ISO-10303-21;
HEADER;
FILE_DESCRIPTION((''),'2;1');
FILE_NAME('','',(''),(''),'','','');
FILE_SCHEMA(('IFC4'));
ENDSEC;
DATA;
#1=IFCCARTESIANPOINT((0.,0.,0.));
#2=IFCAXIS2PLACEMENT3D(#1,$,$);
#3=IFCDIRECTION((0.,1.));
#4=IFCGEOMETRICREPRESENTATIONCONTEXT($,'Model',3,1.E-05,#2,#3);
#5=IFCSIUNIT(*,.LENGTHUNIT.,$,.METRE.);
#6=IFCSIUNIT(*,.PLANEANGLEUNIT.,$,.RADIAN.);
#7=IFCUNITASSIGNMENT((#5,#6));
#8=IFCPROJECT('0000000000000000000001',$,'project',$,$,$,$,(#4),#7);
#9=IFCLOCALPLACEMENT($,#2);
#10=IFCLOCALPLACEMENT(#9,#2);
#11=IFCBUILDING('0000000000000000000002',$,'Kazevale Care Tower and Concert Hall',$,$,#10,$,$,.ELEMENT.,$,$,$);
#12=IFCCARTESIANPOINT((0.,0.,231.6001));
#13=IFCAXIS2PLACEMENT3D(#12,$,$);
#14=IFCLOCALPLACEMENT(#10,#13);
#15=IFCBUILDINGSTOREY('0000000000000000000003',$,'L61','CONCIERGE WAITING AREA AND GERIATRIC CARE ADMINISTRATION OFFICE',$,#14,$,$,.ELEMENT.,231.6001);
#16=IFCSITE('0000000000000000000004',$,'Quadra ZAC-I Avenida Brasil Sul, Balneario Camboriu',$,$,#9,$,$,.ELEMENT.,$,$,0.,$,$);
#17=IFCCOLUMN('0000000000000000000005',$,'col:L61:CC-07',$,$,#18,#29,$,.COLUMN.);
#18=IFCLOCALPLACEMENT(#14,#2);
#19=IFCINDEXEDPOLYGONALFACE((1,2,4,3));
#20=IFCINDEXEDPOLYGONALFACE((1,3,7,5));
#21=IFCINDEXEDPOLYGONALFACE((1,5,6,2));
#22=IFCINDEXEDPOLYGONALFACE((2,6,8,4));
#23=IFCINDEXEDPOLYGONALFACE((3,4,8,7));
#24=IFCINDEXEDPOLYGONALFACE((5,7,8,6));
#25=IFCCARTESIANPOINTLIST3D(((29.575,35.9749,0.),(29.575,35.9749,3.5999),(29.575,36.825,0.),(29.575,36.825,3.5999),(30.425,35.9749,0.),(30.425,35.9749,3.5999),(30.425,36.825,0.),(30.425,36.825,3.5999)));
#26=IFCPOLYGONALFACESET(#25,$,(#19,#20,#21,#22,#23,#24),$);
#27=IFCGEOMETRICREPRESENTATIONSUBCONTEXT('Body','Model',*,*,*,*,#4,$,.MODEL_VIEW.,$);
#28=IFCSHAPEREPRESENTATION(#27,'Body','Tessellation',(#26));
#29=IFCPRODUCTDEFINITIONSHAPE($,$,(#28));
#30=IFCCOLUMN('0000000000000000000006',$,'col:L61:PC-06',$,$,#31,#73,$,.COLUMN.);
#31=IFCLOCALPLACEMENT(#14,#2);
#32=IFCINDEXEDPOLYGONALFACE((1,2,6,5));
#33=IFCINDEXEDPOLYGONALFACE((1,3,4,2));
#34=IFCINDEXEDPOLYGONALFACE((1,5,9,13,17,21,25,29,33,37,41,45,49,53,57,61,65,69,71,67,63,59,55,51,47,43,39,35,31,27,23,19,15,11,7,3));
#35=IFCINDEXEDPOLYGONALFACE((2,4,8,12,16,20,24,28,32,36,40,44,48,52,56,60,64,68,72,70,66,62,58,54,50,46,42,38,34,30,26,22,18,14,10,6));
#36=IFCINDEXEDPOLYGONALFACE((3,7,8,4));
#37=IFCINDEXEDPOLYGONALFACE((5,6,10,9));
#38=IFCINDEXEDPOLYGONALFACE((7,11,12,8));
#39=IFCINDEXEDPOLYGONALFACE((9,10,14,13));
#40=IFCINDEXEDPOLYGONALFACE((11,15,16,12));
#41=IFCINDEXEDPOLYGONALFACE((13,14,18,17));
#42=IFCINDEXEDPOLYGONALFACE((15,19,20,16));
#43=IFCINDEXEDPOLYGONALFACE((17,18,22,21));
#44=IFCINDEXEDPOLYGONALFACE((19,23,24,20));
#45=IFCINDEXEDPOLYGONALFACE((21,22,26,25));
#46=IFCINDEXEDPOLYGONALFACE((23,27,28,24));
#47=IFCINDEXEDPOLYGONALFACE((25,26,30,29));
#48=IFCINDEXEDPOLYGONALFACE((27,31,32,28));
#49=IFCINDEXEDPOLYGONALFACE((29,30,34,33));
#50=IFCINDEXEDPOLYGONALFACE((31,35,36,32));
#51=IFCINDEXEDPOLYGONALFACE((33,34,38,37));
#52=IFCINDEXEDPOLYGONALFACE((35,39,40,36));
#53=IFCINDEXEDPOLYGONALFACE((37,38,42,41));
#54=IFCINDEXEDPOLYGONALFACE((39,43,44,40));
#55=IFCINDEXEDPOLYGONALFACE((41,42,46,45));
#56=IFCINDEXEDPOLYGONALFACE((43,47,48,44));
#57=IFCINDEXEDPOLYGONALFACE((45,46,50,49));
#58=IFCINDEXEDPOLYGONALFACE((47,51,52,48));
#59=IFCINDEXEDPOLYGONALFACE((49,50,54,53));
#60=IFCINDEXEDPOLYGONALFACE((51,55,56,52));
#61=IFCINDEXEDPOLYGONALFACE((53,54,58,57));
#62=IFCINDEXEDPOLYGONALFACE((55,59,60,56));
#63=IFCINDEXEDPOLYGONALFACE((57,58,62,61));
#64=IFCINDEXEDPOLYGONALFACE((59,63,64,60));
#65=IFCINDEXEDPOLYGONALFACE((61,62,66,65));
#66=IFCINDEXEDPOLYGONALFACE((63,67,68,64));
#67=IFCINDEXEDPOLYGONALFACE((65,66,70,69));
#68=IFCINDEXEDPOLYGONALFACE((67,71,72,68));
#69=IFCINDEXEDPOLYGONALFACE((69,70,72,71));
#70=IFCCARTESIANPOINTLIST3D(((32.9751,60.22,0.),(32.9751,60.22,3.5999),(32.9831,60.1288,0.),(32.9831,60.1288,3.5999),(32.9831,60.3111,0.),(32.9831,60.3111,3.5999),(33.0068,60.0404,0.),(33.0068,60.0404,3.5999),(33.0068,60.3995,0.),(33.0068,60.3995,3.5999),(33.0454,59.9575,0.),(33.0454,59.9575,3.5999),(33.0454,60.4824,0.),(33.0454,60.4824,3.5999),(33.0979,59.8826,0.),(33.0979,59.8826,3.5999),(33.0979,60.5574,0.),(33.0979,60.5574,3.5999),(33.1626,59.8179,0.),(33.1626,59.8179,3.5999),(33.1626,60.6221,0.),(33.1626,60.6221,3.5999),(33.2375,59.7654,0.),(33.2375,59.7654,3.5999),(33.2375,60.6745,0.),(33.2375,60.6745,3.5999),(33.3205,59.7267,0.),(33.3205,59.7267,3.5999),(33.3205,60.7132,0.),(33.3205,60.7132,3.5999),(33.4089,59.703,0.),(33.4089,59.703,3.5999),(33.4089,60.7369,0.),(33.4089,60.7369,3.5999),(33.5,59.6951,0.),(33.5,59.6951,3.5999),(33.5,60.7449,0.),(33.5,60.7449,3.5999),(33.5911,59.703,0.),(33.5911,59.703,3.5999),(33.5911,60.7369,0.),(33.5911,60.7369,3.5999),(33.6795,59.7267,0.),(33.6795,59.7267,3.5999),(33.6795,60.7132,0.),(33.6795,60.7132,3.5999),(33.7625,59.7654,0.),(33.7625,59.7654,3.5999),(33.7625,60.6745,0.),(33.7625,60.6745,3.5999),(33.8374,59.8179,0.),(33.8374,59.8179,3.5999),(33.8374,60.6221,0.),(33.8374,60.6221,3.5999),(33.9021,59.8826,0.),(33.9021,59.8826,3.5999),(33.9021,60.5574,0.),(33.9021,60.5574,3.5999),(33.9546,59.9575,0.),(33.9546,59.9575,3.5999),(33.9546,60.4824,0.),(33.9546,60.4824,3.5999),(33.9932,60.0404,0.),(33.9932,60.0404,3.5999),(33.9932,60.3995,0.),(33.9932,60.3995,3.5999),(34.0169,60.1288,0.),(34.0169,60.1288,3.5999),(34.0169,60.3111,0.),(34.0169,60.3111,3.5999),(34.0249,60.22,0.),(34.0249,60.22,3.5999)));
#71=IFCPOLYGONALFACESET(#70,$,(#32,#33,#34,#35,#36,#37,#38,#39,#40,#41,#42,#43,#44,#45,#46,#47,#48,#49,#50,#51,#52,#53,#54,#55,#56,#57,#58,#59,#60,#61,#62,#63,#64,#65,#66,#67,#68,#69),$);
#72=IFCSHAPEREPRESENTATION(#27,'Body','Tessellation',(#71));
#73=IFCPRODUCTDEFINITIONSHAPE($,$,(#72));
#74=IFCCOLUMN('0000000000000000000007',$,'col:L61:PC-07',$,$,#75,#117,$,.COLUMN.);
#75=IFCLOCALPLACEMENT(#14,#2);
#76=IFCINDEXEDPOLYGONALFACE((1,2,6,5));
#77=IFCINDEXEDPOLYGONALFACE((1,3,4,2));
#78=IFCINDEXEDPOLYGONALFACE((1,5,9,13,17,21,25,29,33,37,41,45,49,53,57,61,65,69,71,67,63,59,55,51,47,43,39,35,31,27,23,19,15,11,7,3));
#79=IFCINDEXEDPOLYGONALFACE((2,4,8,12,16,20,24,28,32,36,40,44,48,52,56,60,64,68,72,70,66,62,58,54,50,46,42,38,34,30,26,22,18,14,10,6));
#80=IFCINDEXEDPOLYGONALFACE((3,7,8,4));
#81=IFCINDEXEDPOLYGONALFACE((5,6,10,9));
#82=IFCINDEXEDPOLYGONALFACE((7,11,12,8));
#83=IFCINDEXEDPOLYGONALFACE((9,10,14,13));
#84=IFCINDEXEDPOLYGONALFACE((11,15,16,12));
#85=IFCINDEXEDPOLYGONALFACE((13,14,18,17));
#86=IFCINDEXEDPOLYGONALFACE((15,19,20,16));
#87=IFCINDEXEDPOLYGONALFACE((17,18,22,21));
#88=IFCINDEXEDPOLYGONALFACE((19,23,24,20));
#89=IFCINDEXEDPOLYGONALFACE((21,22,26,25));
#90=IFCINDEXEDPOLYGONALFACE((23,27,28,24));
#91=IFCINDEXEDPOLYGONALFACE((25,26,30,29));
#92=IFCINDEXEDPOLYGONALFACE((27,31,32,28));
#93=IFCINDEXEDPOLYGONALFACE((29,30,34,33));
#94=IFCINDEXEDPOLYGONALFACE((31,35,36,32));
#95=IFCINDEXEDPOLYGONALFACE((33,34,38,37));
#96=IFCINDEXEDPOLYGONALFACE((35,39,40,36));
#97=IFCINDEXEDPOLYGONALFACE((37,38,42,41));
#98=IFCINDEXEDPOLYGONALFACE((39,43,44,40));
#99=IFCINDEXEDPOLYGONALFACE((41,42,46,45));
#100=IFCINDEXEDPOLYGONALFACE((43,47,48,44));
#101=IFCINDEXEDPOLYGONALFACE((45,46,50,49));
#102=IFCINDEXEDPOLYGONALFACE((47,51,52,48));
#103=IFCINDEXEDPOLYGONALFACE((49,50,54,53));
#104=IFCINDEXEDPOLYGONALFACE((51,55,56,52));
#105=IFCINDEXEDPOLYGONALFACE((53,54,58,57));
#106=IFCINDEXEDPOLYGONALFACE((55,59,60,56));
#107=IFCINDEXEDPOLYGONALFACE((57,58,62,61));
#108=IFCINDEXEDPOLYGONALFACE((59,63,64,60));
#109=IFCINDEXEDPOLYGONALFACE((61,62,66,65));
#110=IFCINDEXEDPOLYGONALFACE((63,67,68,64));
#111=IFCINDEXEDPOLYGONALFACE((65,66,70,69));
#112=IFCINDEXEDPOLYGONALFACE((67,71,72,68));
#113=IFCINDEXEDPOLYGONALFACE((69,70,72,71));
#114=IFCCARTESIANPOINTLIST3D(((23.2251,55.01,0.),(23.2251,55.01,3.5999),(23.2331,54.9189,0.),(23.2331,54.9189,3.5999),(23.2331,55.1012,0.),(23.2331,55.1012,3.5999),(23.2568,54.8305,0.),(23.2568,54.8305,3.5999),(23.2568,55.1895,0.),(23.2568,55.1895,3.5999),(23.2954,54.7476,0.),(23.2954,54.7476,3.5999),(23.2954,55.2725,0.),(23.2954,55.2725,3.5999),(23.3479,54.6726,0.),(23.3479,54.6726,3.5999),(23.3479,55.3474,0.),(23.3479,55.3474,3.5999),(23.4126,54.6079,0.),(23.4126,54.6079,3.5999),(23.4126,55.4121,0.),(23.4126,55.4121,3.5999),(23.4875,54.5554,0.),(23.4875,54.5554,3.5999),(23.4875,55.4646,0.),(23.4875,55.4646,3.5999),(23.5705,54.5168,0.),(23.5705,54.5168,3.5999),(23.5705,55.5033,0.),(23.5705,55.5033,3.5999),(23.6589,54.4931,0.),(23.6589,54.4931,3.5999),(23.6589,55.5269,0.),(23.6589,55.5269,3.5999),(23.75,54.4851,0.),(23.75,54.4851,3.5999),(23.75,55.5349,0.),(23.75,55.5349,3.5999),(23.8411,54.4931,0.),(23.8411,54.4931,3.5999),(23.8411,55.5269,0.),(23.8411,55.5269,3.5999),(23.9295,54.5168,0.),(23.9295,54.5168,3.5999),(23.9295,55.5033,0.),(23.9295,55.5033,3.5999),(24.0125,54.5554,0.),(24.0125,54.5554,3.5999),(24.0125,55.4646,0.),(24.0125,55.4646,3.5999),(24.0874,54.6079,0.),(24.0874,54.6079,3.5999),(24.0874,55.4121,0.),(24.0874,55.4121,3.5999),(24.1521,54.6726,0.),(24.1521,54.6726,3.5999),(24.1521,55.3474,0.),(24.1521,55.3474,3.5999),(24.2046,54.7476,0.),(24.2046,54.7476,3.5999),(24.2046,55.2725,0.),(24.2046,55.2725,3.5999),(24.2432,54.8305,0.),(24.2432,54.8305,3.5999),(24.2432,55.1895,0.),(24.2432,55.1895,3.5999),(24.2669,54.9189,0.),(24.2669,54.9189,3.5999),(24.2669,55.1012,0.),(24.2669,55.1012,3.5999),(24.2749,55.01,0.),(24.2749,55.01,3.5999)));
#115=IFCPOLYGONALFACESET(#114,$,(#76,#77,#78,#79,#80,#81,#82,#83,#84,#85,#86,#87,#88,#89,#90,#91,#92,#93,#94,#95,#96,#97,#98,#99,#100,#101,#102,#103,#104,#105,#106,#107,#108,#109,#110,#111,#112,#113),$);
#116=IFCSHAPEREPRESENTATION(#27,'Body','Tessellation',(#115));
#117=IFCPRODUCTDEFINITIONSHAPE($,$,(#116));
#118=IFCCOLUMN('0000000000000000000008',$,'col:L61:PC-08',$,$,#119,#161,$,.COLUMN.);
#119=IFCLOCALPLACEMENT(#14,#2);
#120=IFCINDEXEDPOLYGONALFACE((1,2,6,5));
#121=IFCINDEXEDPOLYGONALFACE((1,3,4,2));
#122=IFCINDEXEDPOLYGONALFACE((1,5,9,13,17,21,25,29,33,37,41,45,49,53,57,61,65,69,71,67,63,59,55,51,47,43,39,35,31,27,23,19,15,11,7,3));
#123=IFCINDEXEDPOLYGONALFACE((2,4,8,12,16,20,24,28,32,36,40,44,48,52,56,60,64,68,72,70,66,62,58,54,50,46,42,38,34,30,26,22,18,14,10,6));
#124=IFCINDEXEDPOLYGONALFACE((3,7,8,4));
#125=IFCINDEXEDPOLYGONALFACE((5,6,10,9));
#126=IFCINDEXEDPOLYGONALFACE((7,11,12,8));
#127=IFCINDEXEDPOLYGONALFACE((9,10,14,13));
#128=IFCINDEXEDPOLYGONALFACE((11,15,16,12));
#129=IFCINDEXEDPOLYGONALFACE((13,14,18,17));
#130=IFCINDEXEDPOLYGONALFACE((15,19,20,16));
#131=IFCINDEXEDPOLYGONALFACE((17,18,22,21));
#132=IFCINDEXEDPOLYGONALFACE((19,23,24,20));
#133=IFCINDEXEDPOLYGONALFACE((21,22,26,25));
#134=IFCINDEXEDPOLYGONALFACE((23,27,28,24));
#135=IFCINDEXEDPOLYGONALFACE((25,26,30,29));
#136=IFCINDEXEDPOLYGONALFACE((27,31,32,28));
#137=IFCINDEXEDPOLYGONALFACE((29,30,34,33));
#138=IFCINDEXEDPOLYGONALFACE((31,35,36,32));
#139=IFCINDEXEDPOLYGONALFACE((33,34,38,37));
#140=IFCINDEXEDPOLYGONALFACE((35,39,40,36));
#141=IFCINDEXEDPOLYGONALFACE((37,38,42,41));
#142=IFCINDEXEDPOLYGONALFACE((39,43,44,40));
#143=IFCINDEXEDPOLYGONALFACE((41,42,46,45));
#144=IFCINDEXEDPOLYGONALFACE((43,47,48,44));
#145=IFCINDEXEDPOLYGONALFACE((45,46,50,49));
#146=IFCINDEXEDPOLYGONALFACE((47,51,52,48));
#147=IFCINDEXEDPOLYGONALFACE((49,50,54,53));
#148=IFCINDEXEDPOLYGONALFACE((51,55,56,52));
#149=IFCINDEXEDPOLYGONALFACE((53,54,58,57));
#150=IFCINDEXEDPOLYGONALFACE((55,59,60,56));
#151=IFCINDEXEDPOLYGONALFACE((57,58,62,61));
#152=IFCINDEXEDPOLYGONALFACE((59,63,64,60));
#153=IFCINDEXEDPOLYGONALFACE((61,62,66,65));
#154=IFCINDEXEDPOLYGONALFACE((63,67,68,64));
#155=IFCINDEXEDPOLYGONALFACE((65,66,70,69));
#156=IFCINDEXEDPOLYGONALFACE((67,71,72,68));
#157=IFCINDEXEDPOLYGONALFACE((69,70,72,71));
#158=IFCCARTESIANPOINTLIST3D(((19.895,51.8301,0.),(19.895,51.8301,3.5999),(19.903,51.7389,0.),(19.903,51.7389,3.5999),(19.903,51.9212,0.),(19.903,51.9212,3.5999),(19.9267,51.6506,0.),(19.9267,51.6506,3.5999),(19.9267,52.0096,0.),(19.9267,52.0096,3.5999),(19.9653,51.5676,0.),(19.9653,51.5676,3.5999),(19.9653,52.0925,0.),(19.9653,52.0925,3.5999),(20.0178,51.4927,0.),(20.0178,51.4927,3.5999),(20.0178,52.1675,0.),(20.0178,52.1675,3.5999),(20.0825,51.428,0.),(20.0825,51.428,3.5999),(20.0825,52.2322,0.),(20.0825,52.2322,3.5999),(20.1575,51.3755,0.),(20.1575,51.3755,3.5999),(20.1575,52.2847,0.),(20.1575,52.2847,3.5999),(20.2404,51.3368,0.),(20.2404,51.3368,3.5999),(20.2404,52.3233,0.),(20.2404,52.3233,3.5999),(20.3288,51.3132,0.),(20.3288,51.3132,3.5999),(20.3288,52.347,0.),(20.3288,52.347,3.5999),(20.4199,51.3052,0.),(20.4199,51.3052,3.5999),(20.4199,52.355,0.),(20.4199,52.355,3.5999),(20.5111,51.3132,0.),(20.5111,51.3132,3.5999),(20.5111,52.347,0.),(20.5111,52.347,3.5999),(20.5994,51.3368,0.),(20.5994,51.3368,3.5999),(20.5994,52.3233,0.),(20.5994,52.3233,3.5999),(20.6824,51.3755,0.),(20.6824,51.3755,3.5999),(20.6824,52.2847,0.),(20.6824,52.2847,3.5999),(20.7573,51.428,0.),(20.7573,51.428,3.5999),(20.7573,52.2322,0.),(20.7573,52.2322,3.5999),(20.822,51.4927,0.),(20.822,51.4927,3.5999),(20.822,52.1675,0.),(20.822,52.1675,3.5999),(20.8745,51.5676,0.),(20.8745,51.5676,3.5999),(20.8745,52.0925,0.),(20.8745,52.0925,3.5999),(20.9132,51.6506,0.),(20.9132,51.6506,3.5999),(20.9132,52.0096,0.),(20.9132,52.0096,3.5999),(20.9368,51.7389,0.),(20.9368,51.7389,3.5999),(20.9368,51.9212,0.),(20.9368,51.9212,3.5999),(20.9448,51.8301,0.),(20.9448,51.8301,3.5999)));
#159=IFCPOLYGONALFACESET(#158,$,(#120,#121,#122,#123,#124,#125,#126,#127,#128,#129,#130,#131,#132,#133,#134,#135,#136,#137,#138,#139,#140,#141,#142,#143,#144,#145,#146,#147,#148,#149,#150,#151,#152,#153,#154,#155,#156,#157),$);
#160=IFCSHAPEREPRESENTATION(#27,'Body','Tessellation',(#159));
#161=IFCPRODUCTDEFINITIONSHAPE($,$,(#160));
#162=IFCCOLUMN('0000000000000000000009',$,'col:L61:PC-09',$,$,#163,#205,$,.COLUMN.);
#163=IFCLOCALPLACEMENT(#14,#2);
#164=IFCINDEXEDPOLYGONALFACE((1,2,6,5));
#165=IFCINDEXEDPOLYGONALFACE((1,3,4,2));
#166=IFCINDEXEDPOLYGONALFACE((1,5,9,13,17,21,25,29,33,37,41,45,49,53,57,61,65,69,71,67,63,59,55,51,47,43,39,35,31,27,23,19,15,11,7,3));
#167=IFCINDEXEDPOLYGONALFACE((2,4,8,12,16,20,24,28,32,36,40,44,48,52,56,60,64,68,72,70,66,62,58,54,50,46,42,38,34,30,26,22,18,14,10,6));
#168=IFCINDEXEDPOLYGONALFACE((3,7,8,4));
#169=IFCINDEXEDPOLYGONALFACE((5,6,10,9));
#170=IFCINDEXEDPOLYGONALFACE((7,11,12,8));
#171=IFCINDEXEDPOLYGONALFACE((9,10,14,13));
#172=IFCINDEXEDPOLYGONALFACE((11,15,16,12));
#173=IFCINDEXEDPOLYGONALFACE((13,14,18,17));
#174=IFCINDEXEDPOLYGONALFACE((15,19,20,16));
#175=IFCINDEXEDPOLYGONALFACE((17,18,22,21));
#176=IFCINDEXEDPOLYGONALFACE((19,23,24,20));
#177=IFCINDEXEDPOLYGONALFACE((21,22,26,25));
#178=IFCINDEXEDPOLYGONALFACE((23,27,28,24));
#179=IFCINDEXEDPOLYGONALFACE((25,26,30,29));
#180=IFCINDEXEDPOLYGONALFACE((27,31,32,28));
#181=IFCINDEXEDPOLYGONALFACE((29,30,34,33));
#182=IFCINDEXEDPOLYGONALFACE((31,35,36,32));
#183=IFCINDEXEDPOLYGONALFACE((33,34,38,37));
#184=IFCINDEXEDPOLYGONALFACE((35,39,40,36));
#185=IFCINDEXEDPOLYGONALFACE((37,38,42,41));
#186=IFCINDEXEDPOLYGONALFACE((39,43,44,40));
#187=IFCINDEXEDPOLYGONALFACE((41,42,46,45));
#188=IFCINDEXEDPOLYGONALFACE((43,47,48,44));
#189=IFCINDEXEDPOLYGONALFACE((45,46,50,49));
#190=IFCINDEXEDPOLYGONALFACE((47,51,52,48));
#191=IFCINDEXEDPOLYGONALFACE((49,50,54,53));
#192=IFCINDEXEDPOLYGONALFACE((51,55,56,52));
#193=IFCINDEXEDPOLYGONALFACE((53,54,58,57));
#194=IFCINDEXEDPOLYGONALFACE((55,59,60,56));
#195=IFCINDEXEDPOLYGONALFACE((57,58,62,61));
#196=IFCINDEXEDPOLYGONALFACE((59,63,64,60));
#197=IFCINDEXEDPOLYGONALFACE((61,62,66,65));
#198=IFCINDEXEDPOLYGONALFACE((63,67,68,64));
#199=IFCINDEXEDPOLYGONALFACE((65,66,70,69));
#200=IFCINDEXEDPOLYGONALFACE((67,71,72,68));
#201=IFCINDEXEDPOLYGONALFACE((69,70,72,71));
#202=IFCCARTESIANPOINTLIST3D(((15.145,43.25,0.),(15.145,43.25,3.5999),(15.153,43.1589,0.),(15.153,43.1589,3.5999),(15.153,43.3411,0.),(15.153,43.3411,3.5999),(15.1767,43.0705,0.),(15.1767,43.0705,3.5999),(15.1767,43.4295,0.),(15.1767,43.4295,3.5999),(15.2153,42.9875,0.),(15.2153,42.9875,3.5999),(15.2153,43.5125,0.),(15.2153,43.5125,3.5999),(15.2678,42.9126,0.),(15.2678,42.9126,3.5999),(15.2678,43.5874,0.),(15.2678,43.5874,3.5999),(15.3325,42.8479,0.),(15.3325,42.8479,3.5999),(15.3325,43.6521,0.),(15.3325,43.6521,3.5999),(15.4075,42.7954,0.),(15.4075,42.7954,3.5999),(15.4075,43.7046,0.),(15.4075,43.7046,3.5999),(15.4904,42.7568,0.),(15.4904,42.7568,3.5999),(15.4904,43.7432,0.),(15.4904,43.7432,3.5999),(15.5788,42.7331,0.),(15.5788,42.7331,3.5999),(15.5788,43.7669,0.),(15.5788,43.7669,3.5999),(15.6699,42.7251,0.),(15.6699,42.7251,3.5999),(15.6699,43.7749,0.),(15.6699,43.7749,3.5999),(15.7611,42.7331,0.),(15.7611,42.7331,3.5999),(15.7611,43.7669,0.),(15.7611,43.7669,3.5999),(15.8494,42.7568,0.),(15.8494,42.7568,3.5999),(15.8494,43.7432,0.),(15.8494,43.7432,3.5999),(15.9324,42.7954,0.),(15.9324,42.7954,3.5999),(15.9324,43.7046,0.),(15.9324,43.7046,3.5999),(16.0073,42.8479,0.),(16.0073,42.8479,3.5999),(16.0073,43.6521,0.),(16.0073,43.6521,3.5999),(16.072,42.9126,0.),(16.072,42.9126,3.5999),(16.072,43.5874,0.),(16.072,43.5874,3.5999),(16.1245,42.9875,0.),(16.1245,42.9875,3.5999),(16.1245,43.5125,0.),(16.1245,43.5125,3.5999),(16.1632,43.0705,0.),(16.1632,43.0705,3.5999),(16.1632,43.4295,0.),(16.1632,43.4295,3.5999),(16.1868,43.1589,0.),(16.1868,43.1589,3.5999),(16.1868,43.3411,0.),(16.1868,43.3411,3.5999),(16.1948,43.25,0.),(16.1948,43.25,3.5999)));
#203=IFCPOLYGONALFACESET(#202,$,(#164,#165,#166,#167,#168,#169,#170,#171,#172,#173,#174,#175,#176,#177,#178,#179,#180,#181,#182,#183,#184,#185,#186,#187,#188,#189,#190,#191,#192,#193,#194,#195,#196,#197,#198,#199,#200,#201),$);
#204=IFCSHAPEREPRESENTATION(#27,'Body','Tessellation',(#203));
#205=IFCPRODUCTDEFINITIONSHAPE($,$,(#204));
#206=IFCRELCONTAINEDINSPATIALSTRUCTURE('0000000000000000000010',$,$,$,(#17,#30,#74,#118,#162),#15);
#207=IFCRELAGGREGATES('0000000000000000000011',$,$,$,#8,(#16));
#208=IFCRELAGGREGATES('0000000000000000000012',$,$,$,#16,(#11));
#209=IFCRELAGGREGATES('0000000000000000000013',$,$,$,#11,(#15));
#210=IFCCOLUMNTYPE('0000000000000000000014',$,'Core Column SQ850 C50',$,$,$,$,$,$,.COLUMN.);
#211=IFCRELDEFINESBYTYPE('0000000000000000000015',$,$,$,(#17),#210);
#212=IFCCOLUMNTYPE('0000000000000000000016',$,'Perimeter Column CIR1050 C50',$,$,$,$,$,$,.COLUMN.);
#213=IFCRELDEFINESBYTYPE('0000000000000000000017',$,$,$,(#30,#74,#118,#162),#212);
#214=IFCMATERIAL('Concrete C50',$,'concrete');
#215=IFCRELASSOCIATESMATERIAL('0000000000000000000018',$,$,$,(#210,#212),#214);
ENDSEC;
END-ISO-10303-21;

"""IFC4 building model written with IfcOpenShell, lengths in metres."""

from ifc_helpers import new_model, si_unit, direction, frame, origin, origin_2d, place, context, subcontext, project, spatial, rectangle, circle, extrude, material, material_profile, profile_set, type_object, element, save


model = new_model("IFC4")

# Units and contexts
model_context = context("Model", 3, precision=1e-05, world=origin(), true_north=direction((0.0, 1.0)))
body_context = subcontext(model_context, "Body", "Model", "MODEL_VIEW")
ifc_project = project(units=[si_unit("LENGTHUNIT", "METRE"), si_unit("PLANEANGLEUNIT", "RADIAN")], contexts=[model_context])

# Site, building, storey
site_placement = place(None, origin())
site = spatial("IfcSite", under=ifc_project, at=site_placement, Name="Quadra ZAC-I Avenida Brasil Sul, Balneario Camboriu", CompositionType="ELEMENT", RefElevation=0.0)
building_placement = place(site_placement, origin())
building = spatial("IfcBuilding", under=site, at=building_placement, Name="Kazevale Care Tower and Concert Hall", CompositionType="ELEMENT")
storey_placement = place(building_placement, frame((0.0, 0.0, 231.6001)))
storey = spatial("IfcBuildingStorey", under=building, at=storey_placement, Name="L61", Description="CONCIERGE WAITING AREA AND GERIATRIC CARE ADMINISTRATION OFFICE", CompositionType="ELEMENT", Elevation=231.6001)

# Columns
ifc_material_1 = material(Name="Concrete C50", Category="concrete")
ifc_material_profile_1 = material_profile(ifc_material_1, rectangle(XDim=0.8501, YDim=0.8501, at=origin_2d()), Name="RC-SQ850")
ifc_profile_set_1 = profile_set([ifc_material_profile_1], Name="Concrete C50")
column_type_1 = type_object("IfcColumnType", Name="Core Column SQ850 C50", PredefinedType="COLUMN", material=ifc_profile_set_1)
column_placement = place(storey_placement, frame((30.0, 36.3999, 0.0), z_axis=(0.0, 0.0, 1.0), x_axis=(1.0, 0.0, 0.0)))
element("IfcColumn", 1, at=column_placement, inside=storey, type_object=column_type_1, Name="col:L61:CC-07", PredefinedType="COLUMN", context=body_context, shape_type="SweptSolid", body=[
    extrude(rectangle(XDim=0.8501, YDim=0.8501, at=origin_2d()), origin(), (0.0, 0.0, 1.0), 3.5999),
])
ifc_material_profile_2 = material_profile(ifc_material_1, circle(Radius=0.5249, at=origin_2d()), Name="RC-CIR1050")
ifc_profile_set_2 = profile_set([ifc_material_profile_2], Name="Concrete C50")
column_type_2 = type_object("IfcColumnType", Name="Perimeter Column CIR1050 C50", PredefinedType="COLUMN", material=ifc_profile_set_2)
for number, where, z_axis, x_axis, name in (
    (2, (33.5, 60.22, 0.0), (0.0, 0.0, 1.0), (1.0, 0.0, 0.0), "col:L61:PC-06"),
    (3, (23.75, 55.01, 0.0), (0.0, 0.0, 1.0), (1.0, 0.0, 0.0), "col:L61:PC-07"),
    (4, (20.4199, 51.8301, 0.0), (0.0, 0.0, 1.0), (1.0, 0.0, 0.0), "col:L61:PC-08"),
    (5, (15.6699, 43.25, 0.0), (0.0, 0.0, 1.0), (1.0, 0.0, 0.0), "col:L61:PC-09"),
):
    element("IfcColumn", number, at=place(storey_placement, frame(where, z_axis=z_axis, x_axis=x_axis)), inside=storey, type_object=column_type_2, Name=name, PredefinedType="COLUMN", context=body_context, shape_type="SweptSolid", body=[
        extrude(circle(Radius=0.5249, at=origin_2d()), origin(), (0.0, 0.0, 1.0), 3.5999),
    ])

save(model, "model.ifc")
